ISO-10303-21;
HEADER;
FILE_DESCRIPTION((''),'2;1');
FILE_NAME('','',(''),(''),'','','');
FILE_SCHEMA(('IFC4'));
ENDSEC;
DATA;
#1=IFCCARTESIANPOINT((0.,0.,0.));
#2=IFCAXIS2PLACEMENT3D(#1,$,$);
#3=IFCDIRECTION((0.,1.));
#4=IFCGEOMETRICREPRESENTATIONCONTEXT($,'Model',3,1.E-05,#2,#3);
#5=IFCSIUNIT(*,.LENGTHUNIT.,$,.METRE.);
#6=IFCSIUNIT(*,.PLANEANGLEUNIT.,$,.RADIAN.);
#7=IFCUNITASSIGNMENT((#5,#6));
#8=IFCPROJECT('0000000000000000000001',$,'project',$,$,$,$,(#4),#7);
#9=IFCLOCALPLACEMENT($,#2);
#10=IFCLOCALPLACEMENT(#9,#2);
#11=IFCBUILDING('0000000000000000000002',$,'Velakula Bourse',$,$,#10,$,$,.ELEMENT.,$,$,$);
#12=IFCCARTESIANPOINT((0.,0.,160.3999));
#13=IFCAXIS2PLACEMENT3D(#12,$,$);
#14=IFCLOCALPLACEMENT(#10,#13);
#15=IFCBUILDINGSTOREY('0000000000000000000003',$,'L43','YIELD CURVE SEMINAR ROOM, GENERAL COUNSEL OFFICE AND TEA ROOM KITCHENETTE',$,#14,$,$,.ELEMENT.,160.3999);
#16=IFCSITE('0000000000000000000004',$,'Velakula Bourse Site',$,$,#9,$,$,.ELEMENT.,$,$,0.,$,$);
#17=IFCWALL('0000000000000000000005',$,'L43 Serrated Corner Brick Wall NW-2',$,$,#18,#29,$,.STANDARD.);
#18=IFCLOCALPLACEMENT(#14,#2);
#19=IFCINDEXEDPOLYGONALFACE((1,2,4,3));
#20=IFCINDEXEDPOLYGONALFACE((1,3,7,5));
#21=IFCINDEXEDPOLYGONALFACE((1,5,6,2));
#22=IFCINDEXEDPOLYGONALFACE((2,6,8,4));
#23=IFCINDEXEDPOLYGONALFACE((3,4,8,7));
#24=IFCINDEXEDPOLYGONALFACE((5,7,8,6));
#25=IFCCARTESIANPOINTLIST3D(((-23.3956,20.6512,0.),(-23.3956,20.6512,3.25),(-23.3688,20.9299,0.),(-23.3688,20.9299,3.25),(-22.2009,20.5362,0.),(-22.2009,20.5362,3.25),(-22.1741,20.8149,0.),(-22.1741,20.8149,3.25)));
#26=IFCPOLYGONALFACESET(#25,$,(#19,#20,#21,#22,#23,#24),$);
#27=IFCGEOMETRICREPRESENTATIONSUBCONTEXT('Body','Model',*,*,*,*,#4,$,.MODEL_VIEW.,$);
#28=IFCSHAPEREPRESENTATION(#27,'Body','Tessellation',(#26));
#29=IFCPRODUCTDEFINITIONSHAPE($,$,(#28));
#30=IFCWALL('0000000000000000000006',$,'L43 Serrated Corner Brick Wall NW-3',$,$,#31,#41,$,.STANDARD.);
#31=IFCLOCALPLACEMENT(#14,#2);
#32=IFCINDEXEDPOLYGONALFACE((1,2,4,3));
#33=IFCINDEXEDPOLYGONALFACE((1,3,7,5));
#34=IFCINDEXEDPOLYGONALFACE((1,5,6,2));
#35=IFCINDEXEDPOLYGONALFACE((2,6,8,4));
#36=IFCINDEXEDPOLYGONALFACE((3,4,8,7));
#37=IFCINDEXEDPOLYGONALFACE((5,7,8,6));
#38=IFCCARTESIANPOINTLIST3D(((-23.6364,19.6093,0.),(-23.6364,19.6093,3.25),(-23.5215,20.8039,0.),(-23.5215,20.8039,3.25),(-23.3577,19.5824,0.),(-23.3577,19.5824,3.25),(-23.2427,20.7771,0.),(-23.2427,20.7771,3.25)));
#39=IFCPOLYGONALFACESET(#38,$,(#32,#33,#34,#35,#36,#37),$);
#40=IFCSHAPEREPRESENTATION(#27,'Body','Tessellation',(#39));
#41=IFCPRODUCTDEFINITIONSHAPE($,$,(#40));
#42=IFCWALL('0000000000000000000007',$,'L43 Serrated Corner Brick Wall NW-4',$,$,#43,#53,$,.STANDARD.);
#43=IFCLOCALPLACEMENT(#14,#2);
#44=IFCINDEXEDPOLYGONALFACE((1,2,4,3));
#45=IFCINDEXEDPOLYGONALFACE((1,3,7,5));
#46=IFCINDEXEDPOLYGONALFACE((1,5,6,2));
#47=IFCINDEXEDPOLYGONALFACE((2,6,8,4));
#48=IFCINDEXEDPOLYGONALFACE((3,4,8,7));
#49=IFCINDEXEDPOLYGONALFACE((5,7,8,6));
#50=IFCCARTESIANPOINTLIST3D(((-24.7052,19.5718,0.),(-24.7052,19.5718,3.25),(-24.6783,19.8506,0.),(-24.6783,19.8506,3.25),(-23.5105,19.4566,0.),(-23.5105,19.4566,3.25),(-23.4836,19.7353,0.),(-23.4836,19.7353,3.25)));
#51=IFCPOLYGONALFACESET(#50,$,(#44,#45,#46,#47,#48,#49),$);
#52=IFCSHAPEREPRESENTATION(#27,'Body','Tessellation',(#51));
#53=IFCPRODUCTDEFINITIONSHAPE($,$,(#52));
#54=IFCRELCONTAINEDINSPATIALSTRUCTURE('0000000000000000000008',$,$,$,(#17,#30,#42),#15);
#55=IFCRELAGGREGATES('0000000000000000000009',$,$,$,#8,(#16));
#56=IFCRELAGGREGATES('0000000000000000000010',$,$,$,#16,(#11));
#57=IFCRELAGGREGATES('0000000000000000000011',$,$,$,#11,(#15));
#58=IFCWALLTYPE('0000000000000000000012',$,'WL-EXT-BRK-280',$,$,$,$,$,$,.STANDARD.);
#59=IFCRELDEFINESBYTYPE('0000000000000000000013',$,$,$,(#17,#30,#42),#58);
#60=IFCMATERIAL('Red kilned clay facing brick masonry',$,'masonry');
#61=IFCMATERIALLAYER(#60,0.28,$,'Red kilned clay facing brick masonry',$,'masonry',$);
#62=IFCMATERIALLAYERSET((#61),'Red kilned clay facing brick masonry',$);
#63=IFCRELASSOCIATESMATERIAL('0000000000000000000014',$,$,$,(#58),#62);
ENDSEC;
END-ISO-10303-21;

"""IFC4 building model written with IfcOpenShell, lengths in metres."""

from ifc_helpers import new_model, si_unit, direction, frame, frame_2d, origin, place, context, subcontext, project, spatial, rectangle, extrude, material, layer, layer_set, type_object, element, save


model = new_model("IFC4")

# Units and contexts
model_context = context("Model", 3, precision=1e-05, world=origin(), true_north=direction((0.0, 1.0)))
body_context = subcontext(model_context, "Body", "Model", "MODEL_VIEW")
ifc_project = project(units=[si_unit("LENGTHUNIT", "METRE"), si_unit("PLANEANGLEUNIT", "RADIAN")], contexts=[model_context])

# Site, building, storey
site_placement = place(None, origin())
site = spatial("IfcSite", under=ifc_project, at=site_placement, Name="Velakula Bourse Site", CompositionType="ELEMENT", RefElevation=0.0)
building_placement = place(site_placement, origin())
building = spatial("IfcBuilding", under=site, at=building_placement, Name="Velakula Bourse", CompositionType="ELEMENT")
storey_placement = place(building_placement, frame((0.0, 0.0, 160.3999)))
storey = spatial("IfcBuildingStorey", under=building, at=storey_placement, Name="L43", Description="YIELD CURVE SEMINAR ROOM, GENERAL COUNSEL OFFICE AND TEA ROOM KITCHENETTE", CompositionType="ELEMENT", Elevation=160.3999)

# Shared definitions
ifc_material_1 = material(Name="Red kilned clay facing brick masonry", Category="masonry")
ifc_layer = layer(ifc_material_1, 0.28, Name="Red kilned clay facing brick masonry", Category="masonry")
ifc_layer_set = layer_set([ifc_layer], Name="Red kilned clay facing brick masonry")
wall_type = type_object("IfcWallType", Name="WL-EXT-BRK-280", PredefinedType="STANDARD", material=ifc_layer_set)

# Walls
for number, where, z_axis, x_axis, name in (
    (1, (-22.1875, 20.6755, 0.0), (0.0, 0.0, 1.0), (-0.995399, 0.095817, 0.0), "L43 Serrated Corner Brick Wall NW-2"),
    (2, (-23.3821, 20.7905, 0.0), (0.0, 0.0, 1.0), (-0.095817, -0.995399, 0.0), "L43 Serrated Corner Brick Wall NW-3"),
    (3, (-23.4971, 19.5959, 0.0), (0.0, 0.0, 1.0), (-0.99538, 0.096019, 0.0), "L43 Serrated Corner Brick Wall NW-4"),
):
    element("IfcWall", number, at=place(storey_placement, frame(where, z_axis=z_axis, x_axis=x_axis)), inside=storey, type_object=wall_type, Name=name, PredefinedType="STANDARD", context=body_context, shape_type="SweptSolid", body=[
        extrude(rectangle(XDim=1.2002, YDim=0.28, at=frame_2d((0.6001, 0.0))), origin(), (0.0, 0.0, 1.0), 3.25),
    ])

save(model, "model.ifc")
